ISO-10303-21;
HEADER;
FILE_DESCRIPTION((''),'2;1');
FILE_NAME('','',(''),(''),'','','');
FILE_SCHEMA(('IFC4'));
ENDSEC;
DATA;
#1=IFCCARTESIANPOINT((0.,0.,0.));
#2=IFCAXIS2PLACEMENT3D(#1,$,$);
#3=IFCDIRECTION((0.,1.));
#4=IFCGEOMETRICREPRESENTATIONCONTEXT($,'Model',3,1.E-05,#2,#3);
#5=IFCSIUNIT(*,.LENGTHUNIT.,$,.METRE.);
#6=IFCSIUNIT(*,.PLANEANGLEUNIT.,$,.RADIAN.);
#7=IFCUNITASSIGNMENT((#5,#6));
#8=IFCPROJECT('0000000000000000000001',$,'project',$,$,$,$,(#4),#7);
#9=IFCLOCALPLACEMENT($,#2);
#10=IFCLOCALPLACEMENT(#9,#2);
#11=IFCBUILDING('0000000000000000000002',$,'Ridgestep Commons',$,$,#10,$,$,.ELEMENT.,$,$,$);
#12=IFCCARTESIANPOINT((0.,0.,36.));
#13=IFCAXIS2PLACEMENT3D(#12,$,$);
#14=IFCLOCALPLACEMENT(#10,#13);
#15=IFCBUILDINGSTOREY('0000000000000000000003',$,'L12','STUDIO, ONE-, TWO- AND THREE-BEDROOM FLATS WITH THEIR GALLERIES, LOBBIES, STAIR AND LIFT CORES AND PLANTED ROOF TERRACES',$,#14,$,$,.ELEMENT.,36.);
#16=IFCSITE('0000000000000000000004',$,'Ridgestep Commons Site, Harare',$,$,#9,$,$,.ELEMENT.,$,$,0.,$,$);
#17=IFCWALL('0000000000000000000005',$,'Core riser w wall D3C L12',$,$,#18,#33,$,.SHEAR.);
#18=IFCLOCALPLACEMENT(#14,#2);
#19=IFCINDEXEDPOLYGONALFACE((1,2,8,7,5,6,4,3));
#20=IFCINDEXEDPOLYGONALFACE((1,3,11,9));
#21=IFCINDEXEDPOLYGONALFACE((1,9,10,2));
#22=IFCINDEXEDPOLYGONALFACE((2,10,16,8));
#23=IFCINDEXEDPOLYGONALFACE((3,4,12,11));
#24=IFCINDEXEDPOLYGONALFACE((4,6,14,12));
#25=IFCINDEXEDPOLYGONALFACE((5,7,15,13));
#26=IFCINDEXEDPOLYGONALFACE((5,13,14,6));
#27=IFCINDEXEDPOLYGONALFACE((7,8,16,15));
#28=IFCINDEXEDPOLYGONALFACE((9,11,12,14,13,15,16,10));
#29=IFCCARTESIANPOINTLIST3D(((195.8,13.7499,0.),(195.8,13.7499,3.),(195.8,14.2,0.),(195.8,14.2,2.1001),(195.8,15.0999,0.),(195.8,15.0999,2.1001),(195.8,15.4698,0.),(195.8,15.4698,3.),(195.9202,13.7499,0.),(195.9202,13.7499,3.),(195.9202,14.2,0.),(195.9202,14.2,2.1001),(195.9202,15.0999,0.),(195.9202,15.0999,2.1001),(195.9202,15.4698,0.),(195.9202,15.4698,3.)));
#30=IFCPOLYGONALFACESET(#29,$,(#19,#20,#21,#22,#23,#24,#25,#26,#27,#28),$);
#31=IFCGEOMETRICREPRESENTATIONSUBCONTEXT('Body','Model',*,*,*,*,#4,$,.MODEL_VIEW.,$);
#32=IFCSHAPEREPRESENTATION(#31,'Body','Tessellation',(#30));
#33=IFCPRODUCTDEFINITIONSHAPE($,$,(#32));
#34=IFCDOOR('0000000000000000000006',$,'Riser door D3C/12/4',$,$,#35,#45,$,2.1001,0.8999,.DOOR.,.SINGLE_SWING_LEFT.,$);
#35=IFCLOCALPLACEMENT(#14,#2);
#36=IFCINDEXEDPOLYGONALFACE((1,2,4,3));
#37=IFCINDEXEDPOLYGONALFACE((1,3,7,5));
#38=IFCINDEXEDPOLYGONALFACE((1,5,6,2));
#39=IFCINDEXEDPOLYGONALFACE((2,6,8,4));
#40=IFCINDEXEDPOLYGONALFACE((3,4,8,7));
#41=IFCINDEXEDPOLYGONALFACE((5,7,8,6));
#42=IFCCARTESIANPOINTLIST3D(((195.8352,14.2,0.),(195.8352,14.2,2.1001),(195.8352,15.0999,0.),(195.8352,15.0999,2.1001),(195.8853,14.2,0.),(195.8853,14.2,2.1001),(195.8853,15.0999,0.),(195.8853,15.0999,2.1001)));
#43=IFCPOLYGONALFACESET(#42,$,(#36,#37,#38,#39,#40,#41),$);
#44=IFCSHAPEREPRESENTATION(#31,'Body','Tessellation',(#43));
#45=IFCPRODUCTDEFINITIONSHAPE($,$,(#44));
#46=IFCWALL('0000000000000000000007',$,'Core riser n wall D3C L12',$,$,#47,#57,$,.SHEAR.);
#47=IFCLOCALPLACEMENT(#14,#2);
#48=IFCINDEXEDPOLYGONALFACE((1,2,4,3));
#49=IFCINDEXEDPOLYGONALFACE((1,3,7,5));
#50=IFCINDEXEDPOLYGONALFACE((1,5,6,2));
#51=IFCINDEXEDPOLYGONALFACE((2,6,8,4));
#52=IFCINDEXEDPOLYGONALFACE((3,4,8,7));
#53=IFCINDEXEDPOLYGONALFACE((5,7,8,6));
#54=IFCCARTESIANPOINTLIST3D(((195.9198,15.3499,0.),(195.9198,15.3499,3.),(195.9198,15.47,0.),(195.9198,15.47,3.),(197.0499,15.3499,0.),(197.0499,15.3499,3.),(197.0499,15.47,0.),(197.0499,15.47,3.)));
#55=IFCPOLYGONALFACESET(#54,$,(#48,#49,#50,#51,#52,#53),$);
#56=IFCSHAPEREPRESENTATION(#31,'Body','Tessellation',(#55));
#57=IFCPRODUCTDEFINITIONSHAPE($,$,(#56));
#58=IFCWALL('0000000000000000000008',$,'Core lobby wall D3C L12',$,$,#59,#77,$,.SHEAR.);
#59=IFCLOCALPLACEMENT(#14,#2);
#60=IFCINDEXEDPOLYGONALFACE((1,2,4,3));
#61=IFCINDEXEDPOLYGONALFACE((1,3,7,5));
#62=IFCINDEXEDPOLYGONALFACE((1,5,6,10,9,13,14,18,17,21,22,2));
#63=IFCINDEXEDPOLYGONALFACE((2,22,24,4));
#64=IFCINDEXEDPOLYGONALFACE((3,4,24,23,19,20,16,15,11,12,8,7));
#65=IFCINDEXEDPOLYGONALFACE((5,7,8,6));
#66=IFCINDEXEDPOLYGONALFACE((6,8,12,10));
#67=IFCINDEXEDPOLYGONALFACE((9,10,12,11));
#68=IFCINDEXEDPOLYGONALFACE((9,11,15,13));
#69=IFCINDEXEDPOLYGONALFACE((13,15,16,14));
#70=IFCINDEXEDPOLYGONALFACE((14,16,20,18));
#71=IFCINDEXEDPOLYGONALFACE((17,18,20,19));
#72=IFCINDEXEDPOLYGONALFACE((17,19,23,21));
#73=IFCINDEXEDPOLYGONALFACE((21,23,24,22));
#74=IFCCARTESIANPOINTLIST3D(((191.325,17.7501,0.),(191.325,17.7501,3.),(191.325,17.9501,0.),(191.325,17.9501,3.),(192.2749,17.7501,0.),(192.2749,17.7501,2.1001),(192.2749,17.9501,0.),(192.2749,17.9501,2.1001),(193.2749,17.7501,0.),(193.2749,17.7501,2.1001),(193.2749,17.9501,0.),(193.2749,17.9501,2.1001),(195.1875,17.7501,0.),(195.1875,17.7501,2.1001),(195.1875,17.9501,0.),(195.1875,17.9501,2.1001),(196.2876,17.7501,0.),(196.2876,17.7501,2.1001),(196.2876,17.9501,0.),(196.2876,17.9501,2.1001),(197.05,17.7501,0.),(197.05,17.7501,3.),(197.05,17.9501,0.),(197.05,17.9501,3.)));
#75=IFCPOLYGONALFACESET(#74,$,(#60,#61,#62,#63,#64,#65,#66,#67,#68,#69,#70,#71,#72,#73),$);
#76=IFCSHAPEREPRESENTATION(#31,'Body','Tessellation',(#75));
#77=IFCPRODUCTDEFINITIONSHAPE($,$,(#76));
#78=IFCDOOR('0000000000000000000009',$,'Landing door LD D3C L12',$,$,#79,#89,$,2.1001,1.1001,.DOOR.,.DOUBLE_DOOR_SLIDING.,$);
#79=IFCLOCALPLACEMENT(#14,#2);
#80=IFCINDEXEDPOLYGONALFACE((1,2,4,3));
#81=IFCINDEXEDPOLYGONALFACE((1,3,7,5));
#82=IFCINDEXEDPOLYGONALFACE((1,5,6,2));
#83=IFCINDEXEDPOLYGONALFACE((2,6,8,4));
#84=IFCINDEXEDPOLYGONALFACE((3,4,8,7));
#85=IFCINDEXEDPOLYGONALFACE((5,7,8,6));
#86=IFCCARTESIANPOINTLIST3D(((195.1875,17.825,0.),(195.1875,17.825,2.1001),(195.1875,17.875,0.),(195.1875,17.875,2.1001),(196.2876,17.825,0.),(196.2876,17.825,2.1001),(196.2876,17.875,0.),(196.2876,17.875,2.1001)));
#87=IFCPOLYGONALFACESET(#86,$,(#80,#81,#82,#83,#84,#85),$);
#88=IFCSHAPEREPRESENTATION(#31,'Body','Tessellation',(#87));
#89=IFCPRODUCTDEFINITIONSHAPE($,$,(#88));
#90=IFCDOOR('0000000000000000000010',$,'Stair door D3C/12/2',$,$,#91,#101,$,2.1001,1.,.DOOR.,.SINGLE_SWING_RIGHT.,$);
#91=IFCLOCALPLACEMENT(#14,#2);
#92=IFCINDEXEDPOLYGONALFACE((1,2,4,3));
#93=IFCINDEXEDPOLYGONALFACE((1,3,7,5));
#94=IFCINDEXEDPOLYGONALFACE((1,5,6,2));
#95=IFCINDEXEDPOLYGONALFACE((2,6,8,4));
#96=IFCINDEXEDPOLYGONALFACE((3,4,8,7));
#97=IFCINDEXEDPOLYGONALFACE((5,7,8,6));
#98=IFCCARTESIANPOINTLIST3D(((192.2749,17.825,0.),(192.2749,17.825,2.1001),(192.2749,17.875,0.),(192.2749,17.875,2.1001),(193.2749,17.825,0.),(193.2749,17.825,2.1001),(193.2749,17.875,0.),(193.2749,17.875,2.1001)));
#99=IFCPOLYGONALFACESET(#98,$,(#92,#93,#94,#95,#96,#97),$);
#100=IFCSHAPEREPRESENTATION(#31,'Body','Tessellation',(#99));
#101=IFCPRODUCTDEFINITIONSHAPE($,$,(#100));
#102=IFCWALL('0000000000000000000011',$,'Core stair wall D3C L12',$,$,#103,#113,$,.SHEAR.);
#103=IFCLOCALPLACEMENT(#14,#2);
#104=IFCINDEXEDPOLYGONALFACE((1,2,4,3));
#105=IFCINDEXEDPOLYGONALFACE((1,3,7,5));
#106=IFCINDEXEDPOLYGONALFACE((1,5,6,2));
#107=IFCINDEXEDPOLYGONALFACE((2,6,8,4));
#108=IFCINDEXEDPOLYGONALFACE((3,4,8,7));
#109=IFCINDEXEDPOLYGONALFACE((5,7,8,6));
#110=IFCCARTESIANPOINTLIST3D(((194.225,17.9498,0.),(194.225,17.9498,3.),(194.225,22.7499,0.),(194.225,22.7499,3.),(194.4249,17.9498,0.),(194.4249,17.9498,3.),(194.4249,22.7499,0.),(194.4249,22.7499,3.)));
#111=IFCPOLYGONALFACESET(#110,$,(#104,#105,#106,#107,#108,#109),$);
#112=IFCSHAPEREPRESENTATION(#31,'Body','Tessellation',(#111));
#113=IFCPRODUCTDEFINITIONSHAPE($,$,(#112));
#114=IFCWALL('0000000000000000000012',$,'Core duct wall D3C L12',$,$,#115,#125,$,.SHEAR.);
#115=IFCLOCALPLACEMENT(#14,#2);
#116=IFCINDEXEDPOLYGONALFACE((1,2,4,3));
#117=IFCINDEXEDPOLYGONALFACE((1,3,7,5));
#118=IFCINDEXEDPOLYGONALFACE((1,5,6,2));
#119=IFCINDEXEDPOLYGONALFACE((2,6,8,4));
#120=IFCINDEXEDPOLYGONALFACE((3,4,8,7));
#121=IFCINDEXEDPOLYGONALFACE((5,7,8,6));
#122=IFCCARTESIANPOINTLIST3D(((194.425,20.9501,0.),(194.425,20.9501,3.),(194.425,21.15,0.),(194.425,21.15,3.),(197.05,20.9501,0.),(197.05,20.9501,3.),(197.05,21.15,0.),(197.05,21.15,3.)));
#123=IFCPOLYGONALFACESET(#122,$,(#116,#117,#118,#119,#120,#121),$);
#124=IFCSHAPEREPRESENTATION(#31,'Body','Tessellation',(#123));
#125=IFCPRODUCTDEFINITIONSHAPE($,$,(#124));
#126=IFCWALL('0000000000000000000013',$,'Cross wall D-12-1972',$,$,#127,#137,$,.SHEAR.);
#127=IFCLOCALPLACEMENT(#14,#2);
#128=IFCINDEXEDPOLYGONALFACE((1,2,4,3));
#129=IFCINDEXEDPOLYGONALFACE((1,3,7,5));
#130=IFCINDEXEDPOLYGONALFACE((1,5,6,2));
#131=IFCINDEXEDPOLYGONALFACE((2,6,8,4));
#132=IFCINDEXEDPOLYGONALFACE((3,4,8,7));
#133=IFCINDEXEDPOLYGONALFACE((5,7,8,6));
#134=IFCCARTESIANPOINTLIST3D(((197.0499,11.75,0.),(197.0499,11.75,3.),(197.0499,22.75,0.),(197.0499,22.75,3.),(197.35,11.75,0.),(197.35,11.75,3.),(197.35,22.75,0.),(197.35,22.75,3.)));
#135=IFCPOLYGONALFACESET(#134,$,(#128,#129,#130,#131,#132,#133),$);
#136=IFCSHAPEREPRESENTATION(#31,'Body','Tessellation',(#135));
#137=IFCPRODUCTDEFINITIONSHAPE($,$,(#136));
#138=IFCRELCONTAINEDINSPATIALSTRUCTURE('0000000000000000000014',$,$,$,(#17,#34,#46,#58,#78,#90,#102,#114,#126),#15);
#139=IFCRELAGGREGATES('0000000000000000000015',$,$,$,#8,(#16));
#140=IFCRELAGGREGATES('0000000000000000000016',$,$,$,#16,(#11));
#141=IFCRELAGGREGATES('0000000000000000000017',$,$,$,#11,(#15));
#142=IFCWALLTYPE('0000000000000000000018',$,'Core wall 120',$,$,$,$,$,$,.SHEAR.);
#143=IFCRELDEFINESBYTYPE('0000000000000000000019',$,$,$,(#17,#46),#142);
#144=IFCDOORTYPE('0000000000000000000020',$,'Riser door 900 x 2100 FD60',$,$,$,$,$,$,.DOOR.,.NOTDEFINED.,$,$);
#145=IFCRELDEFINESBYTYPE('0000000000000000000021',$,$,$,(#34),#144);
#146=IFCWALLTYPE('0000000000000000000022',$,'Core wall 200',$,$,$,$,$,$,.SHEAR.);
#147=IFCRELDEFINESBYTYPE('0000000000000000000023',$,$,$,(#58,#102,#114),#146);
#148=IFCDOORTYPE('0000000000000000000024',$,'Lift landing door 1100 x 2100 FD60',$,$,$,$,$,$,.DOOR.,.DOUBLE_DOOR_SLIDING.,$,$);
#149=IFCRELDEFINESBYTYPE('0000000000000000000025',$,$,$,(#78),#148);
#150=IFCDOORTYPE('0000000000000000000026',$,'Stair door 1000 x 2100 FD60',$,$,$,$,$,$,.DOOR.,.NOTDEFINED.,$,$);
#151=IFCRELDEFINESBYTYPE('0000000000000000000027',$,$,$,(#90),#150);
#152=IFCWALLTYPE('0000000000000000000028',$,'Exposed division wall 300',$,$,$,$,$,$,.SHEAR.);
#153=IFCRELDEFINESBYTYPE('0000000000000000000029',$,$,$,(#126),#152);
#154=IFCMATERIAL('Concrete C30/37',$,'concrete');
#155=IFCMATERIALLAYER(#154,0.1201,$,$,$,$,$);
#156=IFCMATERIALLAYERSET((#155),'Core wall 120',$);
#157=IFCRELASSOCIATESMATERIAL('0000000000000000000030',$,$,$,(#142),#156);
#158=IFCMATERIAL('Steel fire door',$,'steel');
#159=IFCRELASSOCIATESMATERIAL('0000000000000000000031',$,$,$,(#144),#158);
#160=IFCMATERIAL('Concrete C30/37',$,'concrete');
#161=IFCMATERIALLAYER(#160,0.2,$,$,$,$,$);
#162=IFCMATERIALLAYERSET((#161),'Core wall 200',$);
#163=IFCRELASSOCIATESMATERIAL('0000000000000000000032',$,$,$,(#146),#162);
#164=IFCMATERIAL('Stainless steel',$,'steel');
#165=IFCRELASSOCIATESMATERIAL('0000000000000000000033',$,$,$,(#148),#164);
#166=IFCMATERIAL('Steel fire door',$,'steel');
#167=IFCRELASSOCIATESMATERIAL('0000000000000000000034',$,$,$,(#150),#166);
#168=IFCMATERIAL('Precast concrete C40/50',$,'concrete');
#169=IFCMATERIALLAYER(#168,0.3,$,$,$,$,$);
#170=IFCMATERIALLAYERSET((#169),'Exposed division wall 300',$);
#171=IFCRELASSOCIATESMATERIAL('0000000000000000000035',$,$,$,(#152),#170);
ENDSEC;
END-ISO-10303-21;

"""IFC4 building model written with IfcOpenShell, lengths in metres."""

from ifc_helpers import new_model, si_unit, direction, frame, frame_2d, origin, place, context, subcontext, project, spatial, rectangle, extrude, material, layer, layer_set, type_object, element, fill, save


model = new_model("IFC4")

# Units and contexts
model_context = context("Model", 3, precision=1e-05, world=origin(), true_north=direction((0.0, 1.0)))
body_context = subcontext(model_context, "Body", "Model", "MODEL_VIEW")
ifc_project = project(units=[si_unit("LENGTHUNIT", "METRE"), si_unit("PLANEANGLEUNIT", "RADIAN")], contexts=[model_context])

# Site, building, storey
site_placement = place(None, origin())
site = spatial("IfcSite", under=ifc_project, at=site_placement, Name="Ridgestep Commons Site, Harare", CompositionType="ELEMENT", RefElevation=0.0)
building_placement = place(site_placement, origin())
building = spatial("IfcBuilding", under=site, at=building_placement, Name="Ridgestep Commons", CompositionType="ELEMENT")
storey_placement = place(building_placement, frame((0.0, 0.0, 36.0)))
storey = spatial("IfcBuildingStorey", under=building, at=storey_placement, Name="L12", Description="STUDIO, ONE-, TWO- AND THREE-BEDROOM FLATS WITH THEIR GALLERIES, LOBBIES, STAIR AND LIFT CORES AND PLANTED ROOF TERRACES", CompositionType="ELEMENT", Elevation=36.0)

# Wall, opening, door
ifc_material_1 = material(Name="Concrete C30/37", Category="concrete")
ifc_layer_1 = layer(ifc_material_1, 0.1201)
ifc_layer_set_1 = layer_set([ifc_layer_1], Name="Core wall 120")
wall_type_1 = type_object("IfcWallType", Name="Core wall 120", PredefinedType="SHEAR", material=ifc_layer_set_1)
wall_1_placement = place(storey_placement, frame((195.8601, 13.75, 0.0), z_axis=(0.0, 0.0, 1.0), x_axis=(0.0, 1.0, 0.0)))
wall_1 = element("IfcWall", 1, at=wall_1_placement, inside=storey, type_object=wall_type_1, Name="Core riser w wall D3C L12", PredefinedType="SHEAR", context=body_context, shape_type="SweptSolid", body=[
    extrude(rectangle(XDim=1.72, YDim=0.1201, at=frame_2d((0.8599, 0.0))), origin(), (0.0, 0.0, 1.0), 3.0),
])
opening_1_placement = place(wall_1_placement, frame((0.45, 0.0, 0.0)))
opening_1 = element("IfcOpeningElement", 2, at=opening_1_placement, cuts=wall_1, PredefinedType="OPENING", context=body_context, shape_type="SweptSolid", body=[
    extrude(rectangle(XDim=0.8999, YDim=2.1001, at=frame_2d((0.45, 1.05))), frame((0.0, 0.0701, 0.0), z_axis=(0.0, -1.0, 0.0), x_axis=(1.0, 0.0, 0.0)), (0.0, 0.0, 1.0), 0.1401),
])
ifc_material_2 = material(Name="Steel fire door", Category="steel")
door_type_1 = type_object("IfcDoorType", Name="Riser door 900 x 2100 FD60", OperationType="NOTDEFINED", PredefinedType="DOOR", material=ifc_material_2)
door_1_placement = place(opening_1_placement, origin())
door_1 = element("IfcDoor", 3, at=door_1_placement, inside=storey, type_object=door_type_1, Name="Riser door D3C/12/4", OperationType="SINGLE_SWING_LEFT", OverallHeight=2.1001, OverallWidth=0.8999, PredefinedType="DOOR", context=body_context, shape_type="SweptSolid", body=[
    extrude(rectangle(XDim=0.8999, YDim=2.1001, at=frame_2d((0.45, 1.05))), frame((0.0, 0.0249, 0.0), z_axis=(0.0, -1.0, 0.0), x_axis=(1.0, 0.0, 0.0)), (0.0, 0.0, 1.0), 0.05),
])
fill(opening_1, door_1)

# Wall
wall_2_placement = place(storey_placement, frame((195.9199, 15.4099, 0.0), z_axis=(0.0, 0.0, 1.0), x_axis=(1.0, 0.0, 0.0)))
element("IfcWall", 4, at=wall_2_placement, inside=storey, type_object=wall_type_1, Name="Core riser n wall D3C L12", PredefinedType="SHEAR", context=body_context, shape_type="SweptSolid", body=[
    extrude(rectangle(XDim=1.1301, YDim=0.1201, at=frame_2d((0.5649, 0.0))), origin(), (0.0, 0.0, 1.0), 3.0),
])

# Wall, openings, doors
ifc_material_3 = material(Name="Concrete C30/37", Category="concrete")
ifc_layer_2 = layer(ifc_material_3, 0.2)
ifc_layer_set_2 = layer_set([ifc_layer_2], Name="Core wall 200")
wall_type_2 = type_object("IfcWallType", Name="Core wall 200", PredefinedType="SHEAR", material=ifc_layer_set_2)
wall_3_placement = place(storey_placement, frame((191.325, 17.8501, 0.0), z_axis=(0.0, 0.0, 1.0), x_axis=(1.0, 0.0, 0.0)))
wall_3 = element("IfcWall", 5, at=wall_3_placement, inside=storey, type_object=wall_type_2, Name="Core lobby wall D3C L12", PredefinedType="SHEAR", context=body_context, shape_type="SweptSolid", body=[
    extrude(rectangle(XDim=5.7251, YDim=0.2, at=frame_2d((2.8625, 0.0))), origin(), (0.0, 0.0, 1.0), 3.0),
])
opening_2_placement = place(wall_3_placement, frame((0.95, 0.0, 0.0)))
opening_2 = element("IfcOpeningElement", 6, at=opening_2_placement, cuts=wall_3, PredefinedType="OPENING", context=body_context, shape_type="SweptSolid", body=[
    extrude(rectangle(XDim=1.0, YDim=2.1001, at=frame_2d((0.5, 1.05))), frame((0.0, 0.1099, 0.0), z_axis=(0.0, -1.0, 0.0), x_axis=(1.0, 0.0, 0.0)), (0.0, 0.0, 1.0), 0.22),
])
opening_3_placement = place(wall_3_placement, frame((3.8625, 0.0, 0.0)))
opening_3 = element("IfcOpeningElement", 7, at=opening_3_placement, cuts=wall_3, PredefinedType="OPENING", context=body_context, shape_type="SweptSolid", body=[
    extrude(rectangle(XDim=1.1001, YDim=2.1001, at=frame_2d((0.55, 1.05))), frame((0.0, 0.1099, 0.0), z_axis=(0.0, -1.0, 0.0), x_axis=(1.0, 0.0, 0.0)), (0.0, 0.0, 1.0), 0.22),
])
ifc_material_4 = material(Name="Stainless steel", Category="steel")
door_type_2 = type_object("IfcDoorType", Name="Lift landing door 1100 x 2100 FD60", OperationType="DOUBLE_DOOR_SLIDING", PredefinedType="DOOR", material=ifc_material_4)
door_2_placement = place(opening_3_placement, origin())
door_2 = element("IfcDoor", 8, at=door_2_placement, inside=storey, type_object=door_type_2, Name="Landing door LD D3C L12", OperationType="DOUBLE_DOOR_SLIDING", OverallHeight=2.1001, OverallWidth=1.1001, PredefinedType="DOOR", context=body_context, shape_type="SweptSolid", body=[
    extrude(rectangle(XDim=1.1001, YDim=2.1001, at=frame_2d((0.55, 1.05))), frame((0.0, 0.0249, 0.0), z_axis=(0.0, -1.0, 0.0), x_axis=(1.0, 0.0, 0.0)), (0.0, 0.0, 1.0), 0.05),
])
fill(opening_3, door_2)
ifc_material_5 = material(Name="Steel fire door", Category="steel")
door_type_3 = type_object("IfcDoorType", Name="Stair door 1000 x 2100 FD60", OperationType="NOTDEFINED", PredefinedType="DOOR", material=ifc_material_5)
door_3_placement = place(opening_2_placement, origin())
door_3 = element("IfcDoor", 9, at=door_3_placement, inside=storey, type_object=door_type_3, Name="Stair door D3C/12/2", OperationType="SINGLE_SWING_RIGHT", OverallHeight=2.1001, OverallWidth=1.0, PredefinedType="DOOR", context=body_context, shape_type="SweptSolid", body=[
    extrude(rectangle(XDim=1.0, YDim=2.1001, at=frame_2d((0.5, 1.05))), frame((0.0, 0.0249, 0.0), z_axis=(0.0, -1.0, 0.0), x_axis=(1.0, 0.0, 0.0)), (0.0, 0.0, 1.0), 0.05),
])
fill(opening_2, door_3)

# Walls
wall_4_placement = place(storey_placement, frame((194.325, 17.95, 0.0), z_axis=(0.0, 0.0, 1.0), x_axis=(0.0, 1.0, 0.0)))
element("IfcWall", 10, at=wall_4_placement, inside=storey, type_object=wall_type_2, Name="Core stair wall D3C L12", PredefinedType="SHEAR", context=body_context, shape_type="SweptSolid", body=[
    extrude(rectangle(XDim=4.8, YDim=0.2, at=frame_2d((2.3999, 0.0))), origin(), (0.0, 0.0, 1.0), 3.0),
])
wall_5_placement = place(storey_placement, frame((194.425, 21.05, 0.0), z_axis=(0.0, 0.0, 1.0), x_axis=(1.0, 0.0, 0.0)))
element("IfcWall", 11, at=wall_5_placement, inside=storey, type_object=wall_type_2, Name="Core duct wall D3C L12", PredefinedType="SHEAR", context=body_context, shape_type="SweptSolid", body=[
    extrude(rectangle(XDim=2.625, YDim=0.2, at=frame_2d((1.3125, 0.0))), origin(), (0.0, 0.0, 1.0), 3.0),
])
ifc_material_6 = material(Name="Precast concrete C40/50", Category="concrete")
ifc_layer_3 = layer(ifc_material_6, 0.3)
ifc_layer_set_3 = layer_set([ifc_layer_3], Name="Exposed division wall 300")
wall_type_3 = type_object("IfcWallType", Name="Exposed division wall 300", PredefinedType="SHEAR", material=ifc_layer_set_3)
wall_6_placement = place(storey_placement, frame((197.2, 11.75, 0.0), z_axis=(0.0, 0.0, 1.0), x_axis=(0.0, 1.0, 0.0)))
element("IfcWall", 12, at=wall_6_placement, inside=storey, type_object=wall_type_3, Name="Cross wall D-12-1972", PredefinedType="SHEAR", context=body_context, shape_type="SweptSolid", body=[
    extrude(rectangle(XDim=11.0, YDim=0.3, at=frame_2d((5.5, 0.0))), origin(), (0.0, 0.0, 1.0), 3.0),
])

save(model, "model.ifc")
